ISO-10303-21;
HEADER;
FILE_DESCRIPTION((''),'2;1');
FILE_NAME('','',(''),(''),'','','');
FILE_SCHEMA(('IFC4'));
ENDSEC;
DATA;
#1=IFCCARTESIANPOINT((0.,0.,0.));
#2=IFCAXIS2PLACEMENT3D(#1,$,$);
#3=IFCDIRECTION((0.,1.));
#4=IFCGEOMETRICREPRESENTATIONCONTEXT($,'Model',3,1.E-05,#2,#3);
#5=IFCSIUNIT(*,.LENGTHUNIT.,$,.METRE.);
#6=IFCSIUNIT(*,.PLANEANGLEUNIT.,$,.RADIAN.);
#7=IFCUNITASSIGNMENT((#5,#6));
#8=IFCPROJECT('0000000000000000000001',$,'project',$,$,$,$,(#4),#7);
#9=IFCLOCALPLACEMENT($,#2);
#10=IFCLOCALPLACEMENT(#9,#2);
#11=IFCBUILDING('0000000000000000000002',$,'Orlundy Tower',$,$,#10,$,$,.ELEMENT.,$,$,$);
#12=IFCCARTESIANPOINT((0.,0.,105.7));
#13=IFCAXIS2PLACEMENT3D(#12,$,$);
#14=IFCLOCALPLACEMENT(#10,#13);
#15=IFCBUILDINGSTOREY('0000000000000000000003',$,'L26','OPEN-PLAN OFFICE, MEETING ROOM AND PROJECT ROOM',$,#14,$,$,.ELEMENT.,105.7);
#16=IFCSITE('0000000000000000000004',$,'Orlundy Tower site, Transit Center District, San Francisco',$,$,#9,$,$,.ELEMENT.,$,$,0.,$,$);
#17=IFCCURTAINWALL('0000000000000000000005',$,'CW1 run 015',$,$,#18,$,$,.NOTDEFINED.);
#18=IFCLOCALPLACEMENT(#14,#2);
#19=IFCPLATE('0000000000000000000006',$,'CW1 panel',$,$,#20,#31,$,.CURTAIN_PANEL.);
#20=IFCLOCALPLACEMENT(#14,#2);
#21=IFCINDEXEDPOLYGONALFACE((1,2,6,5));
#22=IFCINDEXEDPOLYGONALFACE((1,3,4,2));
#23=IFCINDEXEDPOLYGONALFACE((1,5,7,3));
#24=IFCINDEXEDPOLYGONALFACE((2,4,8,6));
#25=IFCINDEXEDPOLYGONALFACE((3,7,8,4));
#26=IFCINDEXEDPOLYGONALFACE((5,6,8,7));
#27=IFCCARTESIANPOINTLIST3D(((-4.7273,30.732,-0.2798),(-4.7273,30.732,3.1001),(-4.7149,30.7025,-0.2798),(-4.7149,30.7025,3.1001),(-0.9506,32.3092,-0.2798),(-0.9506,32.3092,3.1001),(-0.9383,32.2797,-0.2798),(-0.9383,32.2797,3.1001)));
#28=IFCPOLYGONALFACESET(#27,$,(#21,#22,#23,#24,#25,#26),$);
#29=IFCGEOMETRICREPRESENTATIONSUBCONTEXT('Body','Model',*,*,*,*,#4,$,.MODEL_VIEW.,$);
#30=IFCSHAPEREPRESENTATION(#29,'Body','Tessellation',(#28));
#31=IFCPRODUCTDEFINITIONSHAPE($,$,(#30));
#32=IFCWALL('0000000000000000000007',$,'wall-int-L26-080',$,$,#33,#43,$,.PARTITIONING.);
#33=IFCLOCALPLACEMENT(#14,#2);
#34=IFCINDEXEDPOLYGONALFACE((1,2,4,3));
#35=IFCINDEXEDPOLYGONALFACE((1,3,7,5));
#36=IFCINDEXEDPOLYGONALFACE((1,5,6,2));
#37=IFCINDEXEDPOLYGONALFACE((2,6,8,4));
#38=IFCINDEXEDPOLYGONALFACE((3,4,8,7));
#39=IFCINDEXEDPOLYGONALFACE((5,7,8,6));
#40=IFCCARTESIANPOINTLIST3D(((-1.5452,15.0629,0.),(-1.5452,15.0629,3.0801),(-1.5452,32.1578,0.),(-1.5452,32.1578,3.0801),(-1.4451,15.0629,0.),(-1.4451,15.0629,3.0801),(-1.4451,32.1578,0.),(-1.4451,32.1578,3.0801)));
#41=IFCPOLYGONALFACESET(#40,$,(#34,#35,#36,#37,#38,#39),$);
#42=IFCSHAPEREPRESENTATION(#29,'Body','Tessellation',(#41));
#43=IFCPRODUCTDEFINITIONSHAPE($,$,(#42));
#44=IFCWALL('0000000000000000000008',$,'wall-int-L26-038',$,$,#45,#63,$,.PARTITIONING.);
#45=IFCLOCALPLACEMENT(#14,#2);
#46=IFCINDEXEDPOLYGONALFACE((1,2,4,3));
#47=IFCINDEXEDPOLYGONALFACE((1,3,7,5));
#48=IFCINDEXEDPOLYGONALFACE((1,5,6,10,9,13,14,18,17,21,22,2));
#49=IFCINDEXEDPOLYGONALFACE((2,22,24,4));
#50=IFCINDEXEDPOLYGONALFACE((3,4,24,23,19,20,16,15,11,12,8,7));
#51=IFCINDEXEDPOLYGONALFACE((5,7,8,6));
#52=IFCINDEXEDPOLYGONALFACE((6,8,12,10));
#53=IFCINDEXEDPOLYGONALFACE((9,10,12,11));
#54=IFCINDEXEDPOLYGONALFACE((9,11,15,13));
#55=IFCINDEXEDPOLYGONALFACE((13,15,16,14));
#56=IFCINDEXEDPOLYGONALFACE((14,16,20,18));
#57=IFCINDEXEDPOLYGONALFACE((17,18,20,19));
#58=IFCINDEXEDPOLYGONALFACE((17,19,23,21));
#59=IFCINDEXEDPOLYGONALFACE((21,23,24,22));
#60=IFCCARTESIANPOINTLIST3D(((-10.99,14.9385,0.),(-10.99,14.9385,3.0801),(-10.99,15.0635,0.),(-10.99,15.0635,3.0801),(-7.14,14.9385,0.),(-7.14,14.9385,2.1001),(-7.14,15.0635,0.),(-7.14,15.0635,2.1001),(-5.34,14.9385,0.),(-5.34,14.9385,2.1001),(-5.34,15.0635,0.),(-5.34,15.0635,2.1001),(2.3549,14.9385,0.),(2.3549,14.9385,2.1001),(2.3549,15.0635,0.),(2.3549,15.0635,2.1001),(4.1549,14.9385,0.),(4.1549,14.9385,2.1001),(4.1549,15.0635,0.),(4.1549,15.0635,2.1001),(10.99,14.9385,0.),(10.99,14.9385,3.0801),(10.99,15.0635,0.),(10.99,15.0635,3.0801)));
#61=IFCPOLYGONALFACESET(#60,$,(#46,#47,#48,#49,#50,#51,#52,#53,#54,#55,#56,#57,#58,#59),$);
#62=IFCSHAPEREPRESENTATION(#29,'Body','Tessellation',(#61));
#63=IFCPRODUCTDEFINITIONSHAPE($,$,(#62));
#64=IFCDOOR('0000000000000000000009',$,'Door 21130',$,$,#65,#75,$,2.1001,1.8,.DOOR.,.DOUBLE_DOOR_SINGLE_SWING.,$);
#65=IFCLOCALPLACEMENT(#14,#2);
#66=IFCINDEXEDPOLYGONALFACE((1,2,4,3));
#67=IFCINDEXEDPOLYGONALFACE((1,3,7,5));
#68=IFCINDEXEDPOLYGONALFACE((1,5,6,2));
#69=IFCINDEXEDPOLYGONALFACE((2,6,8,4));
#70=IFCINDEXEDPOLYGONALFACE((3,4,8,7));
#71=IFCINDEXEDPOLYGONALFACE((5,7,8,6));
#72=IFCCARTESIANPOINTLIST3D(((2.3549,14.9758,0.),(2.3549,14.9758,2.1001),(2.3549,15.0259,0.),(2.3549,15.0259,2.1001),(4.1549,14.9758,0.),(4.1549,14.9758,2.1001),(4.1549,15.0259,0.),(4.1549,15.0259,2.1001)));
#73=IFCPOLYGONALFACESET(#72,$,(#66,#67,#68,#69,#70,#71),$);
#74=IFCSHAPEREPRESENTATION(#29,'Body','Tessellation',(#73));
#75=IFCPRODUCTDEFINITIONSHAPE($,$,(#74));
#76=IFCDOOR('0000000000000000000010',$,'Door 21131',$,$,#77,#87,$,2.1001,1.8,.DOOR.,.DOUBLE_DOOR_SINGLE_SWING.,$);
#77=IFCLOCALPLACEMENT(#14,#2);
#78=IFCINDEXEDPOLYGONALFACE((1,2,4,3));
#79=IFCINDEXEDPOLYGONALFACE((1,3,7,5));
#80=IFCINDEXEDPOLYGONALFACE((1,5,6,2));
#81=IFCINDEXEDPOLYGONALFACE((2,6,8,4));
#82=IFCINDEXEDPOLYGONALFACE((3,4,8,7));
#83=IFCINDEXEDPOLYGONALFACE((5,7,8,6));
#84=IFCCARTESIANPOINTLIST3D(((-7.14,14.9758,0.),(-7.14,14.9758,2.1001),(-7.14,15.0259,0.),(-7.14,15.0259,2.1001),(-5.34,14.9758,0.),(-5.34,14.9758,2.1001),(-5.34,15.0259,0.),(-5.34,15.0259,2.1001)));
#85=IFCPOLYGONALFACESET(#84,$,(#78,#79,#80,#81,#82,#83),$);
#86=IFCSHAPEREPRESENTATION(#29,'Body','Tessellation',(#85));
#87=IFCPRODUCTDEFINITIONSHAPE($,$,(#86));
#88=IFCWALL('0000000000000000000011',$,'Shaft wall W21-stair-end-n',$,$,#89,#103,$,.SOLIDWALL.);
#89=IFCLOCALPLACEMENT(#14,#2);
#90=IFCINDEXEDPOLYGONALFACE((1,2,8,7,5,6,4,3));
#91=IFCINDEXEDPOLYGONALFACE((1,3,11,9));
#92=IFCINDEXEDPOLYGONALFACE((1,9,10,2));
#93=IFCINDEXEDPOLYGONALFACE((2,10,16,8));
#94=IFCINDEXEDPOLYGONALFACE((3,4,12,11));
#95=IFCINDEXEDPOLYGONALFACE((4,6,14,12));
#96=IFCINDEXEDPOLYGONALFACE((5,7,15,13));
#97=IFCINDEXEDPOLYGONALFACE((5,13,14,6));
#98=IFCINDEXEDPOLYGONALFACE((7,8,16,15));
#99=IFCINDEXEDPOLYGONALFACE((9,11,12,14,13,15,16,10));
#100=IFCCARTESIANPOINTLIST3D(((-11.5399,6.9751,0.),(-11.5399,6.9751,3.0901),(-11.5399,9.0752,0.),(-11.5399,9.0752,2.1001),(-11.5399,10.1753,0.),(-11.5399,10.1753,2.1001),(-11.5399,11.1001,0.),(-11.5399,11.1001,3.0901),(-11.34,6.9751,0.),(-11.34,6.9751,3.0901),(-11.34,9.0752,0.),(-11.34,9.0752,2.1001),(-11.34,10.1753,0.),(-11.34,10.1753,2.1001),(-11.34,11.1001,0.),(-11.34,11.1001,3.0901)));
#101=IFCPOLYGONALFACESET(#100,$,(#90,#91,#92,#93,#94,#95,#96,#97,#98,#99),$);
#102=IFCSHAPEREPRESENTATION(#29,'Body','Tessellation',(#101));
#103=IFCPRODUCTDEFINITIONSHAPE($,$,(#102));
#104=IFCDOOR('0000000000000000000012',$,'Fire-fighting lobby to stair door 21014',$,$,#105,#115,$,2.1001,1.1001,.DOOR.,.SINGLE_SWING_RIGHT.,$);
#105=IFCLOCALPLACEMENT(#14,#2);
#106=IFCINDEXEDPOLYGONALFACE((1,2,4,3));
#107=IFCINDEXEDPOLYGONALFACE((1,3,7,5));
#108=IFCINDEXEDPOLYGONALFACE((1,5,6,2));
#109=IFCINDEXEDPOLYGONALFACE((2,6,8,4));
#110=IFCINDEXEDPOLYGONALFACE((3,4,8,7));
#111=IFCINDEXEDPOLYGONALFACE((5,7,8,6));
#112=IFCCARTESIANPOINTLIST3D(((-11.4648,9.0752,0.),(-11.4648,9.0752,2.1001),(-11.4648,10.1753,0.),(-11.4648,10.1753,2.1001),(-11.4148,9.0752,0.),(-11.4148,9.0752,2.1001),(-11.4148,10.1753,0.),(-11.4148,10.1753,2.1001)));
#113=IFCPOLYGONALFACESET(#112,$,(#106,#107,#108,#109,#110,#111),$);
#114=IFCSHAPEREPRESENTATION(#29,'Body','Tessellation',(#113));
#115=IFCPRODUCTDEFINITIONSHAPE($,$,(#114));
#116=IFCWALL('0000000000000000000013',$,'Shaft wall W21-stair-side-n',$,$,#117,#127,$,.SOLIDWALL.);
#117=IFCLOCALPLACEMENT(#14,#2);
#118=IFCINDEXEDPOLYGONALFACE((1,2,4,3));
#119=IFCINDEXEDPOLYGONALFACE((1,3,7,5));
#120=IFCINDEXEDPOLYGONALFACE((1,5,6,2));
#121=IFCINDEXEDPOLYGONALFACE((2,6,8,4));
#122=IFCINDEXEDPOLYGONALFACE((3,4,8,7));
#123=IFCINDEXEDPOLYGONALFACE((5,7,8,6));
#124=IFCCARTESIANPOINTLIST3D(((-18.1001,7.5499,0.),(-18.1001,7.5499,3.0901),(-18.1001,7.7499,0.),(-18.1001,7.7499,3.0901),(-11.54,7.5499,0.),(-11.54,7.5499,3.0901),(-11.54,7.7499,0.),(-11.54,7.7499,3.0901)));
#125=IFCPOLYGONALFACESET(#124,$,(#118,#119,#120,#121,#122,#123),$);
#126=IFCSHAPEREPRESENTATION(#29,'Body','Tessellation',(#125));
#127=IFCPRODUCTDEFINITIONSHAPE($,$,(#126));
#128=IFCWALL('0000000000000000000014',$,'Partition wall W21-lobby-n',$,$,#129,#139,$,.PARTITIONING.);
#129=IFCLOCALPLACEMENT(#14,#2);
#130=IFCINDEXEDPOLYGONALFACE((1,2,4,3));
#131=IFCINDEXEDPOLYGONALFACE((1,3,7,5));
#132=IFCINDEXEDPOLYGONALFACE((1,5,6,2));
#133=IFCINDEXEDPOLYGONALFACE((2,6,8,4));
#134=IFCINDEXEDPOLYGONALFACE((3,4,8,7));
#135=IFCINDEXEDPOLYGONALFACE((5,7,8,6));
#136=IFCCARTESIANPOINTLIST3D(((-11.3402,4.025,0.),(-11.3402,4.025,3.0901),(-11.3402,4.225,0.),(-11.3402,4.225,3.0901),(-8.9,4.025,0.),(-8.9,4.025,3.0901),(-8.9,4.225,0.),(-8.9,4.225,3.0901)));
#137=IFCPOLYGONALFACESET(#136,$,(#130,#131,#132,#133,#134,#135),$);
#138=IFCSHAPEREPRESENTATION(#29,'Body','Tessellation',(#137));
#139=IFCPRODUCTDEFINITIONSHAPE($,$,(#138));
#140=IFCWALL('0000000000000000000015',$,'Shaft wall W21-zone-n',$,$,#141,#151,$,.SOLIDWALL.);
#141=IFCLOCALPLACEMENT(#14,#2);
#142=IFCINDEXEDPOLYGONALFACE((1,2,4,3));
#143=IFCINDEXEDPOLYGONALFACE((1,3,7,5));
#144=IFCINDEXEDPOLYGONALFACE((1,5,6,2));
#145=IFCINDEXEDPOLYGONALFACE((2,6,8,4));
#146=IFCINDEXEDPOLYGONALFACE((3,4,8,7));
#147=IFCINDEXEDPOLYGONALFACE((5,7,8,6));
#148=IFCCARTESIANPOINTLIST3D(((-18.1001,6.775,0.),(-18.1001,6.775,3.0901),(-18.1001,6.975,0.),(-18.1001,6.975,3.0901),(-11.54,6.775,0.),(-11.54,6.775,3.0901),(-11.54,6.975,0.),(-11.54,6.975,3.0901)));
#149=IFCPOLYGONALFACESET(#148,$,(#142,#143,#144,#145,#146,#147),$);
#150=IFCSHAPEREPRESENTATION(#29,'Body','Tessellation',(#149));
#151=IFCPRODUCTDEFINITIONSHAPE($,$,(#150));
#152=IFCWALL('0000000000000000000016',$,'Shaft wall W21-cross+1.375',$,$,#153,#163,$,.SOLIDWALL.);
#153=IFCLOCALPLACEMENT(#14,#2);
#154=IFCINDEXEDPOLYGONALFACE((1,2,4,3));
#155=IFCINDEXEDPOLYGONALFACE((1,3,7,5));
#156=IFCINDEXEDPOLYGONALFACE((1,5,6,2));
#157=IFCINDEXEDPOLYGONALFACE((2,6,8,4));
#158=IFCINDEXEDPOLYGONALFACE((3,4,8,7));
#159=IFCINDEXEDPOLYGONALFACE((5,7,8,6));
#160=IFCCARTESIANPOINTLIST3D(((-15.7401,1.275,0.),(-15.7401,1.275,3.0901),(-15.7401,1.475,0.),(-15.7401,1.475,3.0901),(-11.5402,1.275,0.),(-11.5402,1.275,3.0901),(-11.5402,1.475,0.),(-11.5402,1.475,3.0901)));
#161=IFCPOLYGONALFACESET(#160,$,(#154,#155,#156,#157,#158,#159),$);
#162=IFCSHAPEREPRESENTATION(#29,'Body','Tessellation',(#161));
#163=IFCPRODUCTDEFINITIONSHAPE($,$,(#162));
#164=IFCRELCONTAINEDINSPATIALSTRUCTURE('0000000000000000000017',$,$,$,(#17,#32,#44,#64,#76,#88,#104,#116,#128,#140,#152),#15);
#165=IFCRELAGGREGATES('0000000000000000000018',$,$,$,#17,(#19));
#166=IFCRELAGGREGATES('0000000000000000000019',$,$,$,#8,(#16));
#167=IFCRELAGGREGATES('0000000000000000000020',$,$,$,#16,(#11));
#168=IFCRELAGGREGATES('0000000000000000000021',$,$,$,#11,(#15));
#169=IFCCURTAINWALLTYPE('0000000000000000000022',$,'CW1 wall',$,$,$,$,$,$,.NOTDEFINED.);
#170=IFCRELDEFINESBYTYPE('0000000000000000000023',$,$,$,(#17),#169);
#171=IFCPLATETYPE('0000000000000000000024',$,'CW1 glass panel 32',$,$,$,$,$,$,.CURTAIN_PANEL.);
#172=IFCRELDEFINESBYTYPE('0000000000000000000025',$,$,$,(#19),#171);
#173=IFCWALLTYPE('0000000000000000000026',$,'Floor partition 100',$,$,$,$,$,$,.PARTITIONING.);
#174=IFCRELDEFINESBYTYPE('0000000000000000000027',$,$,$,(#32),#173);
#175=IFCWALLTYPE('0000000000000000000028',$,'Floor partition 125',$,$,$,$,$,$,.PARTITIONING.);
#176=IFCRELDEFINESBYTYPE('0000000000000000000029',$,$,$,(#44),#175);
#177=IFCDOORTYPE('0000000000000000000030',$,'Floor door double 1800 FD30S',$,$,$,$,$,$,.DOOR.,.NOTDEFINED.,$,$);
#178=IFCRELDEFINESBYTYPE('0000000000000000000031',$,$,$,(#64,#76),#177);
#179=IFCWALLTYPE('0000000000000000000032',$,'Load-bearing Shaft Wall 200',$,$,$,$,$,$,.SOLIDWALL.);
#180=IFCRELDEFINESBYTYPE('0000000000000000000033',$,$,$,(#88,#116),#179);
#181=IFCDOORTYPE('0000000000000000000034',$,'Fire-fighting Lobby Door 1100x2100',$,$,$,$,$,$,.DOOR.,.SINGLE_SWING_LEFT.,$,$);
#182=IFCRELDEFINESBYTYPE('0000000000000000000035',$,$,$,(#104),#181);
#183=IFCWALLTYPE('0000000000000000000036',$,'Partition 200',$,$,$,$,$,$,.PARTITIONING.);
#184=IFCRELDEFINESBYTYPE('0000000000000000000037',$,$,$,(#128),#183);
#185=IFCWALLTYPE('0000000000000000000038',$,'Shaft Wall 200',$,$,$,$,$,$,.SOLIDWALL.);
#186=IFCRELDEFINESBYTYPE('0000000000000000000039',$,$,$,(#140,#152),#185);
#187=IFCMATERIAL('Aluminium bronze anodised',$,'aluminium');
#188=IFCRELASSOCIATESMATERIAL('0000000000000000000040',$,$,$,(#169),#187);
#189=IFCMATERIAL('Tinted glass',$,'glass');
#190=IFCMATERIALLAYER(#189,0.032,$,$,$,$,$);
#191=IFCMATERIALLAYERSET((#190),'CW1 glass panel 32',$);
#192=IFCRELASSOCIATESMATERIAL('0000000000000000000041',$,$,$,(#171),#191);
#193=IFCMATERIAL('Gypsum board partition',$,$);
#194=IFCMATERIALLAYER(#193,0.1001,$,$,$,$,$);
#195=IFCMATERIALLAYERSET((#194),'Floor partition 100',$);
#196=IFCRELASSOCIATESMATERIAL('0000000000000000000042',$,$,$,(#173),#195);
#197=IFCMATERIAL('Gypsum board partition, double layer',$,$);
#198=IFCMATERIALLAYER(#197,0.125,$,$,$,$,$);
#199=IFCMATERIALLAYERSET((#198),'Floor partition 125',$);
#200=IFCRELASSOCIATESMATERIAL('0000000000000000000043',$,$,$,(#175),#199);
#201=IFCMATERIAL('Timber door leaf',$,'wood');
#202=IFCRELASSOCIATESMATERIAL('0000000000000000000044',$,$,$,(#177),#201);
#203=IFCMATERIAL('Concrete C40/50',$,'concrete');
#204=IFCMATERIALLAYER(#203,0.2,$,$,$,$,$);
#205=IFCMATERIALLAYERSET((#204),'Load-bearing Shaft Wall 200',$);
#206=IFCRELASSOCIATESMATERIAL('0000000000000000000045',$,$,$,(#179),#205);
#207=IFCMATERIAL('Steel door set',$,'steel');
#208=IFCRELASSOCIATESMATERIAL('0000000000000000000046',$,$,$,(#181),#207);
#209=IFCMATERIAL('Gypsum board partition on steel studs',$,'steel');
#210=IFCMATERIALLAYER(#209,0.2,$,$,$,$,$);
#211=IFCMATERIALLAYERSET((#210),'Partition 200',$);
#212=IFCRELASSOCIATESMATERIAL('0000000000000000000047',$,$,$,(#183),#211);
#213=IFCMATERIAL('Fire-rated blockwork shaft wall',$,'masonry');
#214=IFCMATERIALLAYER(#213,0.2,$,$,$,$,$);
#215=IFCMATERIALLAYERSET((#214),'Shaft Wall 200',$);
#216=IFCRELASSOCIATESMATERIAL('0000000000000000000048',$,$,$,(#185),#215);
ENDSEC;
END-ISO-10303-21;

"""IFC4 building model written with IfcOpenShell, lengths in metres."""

from ifc_helpers import new_model, si_unit, direction, frame, frame_2d, origin, origin_2d, place, context, subcontext, project, spatial, rectangle, extrude, material, layer, layer_set, type_object, element, fill, aggregate, save


model = new_model("IFC4")

# Units and contexts
model_context = context("Model", 3, precision=1e-05, world=origin(), true_north=direction((0.0, 1.0)))
body_context = subcontext(model_context, "Body", "Model", "MODEL_VIEW")
ifc_project = project(units=[si_unit("LENGTHUNIT", "METRE"), si_unit("PLANEANGLEUNIT", "RADIAN")], contexts=[model_context])

# Site, building, storey
site_placement = place(None, origin())
site = spatial("IfcSite", under=ifc_project, at=site_placement, Name="Orlundy Tower site, Transit Center District, San Francisco", CompositionType="ELEMENT", RefElevation=0.0)
building_placement = place(site_placement, origin())
building = spatial("IfcBuilding", under=site, at=building_placement, Name="Orlundy Tower", CompositionType="ELEMENT")
storey_placement = place(building_placement, frame((0.0, 0.0, 105.7)))
storey = spatial("IfcBuildingStorey", under=building, at=storey_placement, Name="L26", Description="OPEN-PLAN OFFICE, MEETING ROOM AND PROJECT ROOM", CompositionType="ELEMENT", Elevation=105.7)

# Curtain wall, plate
ifc_material_1 = material(Name="Aluminium bronze anodised", Category="aluminium")
curtain_wall_type = type_object("IfcCurtainWallType", Name="CW1 wall", PredefinedType="NOTDEFINED", material=ifc_material_1)
curtain_wall_placement = place(storey_placement, origin())
curtain_wall = element("IfcCurtainWall", 1, at=curtain_wall_placement, inside=storey, type_object=curtain_wall_type, Name="CW1 run 015", PredefinedType="NOTDEFINED")
ifc_material_2 = material(Name="Tinted glass", Category="glass")
ifc_layer_1 = layer(ifc_material_2, 0.032)
ifc_layer_set_1 = layer_set([ifc_layer_1], Name="CW1 glass panel 32")
plate_type = type_object("IfcPlateType", Name="CW1 glass panel 32", PredefinedType="CURTAIN_PANEL", material=ifc_layer_set_1)
plate_1_placement = place(storey_placement, frame((-2.8328, 31.5059, -0.2798), z_axis=(0.0, 0.0, 1.0), x_axis=(0.92276, 0.385375, 0.0)))
plate_1 = element("IfcPlate", 2, at=plate_1_placement, type_object=plate_type, Name="CW1 panel", PredefinedType="CURTAIN_PANEL", context=body_context, shape_type="SweptSolid", body=[
    extrude(rectangle(XDim=4.0928, YDim=0.032, at=origin_2d()), origin(), (0.0, 0.0, 1.0), 3.3799),
])
aggregate(curtain_wall, [plate_1])

# Wall
ifc_material_3 = material(Name="Gypsum board partition")
ifc_layer_2 = layer(ifc_material_3, 0.1001)
ifc_layer_set_2 = layer_set([ifc_layer_2], Name="Floor partition 100")
wall_type_1 = type_object("IfcWallType", Name="Floor partition 100", PredefinedType="PARTITIONING", material=ifc_layer_set_2)
wall_1_placement = place(storey_placement, frame((-1.4951, 15.063, 0.0), z_axis=(0.0, 0.0, 1.0), x_axis=(0.0, 1.0, 0.0)))
element("IfcWall", 3, at=wall_1_placement, inside=storey, type_object=wall_type_1, Name="wall-int-L26-080", PredefinedType="PARTITIONING", context=body_context, shape_type="SweptSolid", body=[
    extrude(rectangle(XDim=17.095, YDim=0.1001, at=frame_2d((8.5474, 0.0))), origin(), (0.0, 0.0, 1.0), 3.0801),
])

# Wall, openings, doors
ifc_material_4 = material(Name="Gypsum board partition, double layer")
ifc_layer_3 = layer(ifc_material_4, 0.125)
ifc_layer_set_3 = layer_set([ifc_layer_3], Name="Floor partition 125")
wall_type_2 = type_object("IfcWallType", Name="Floor partition 125", PredefinedType="PARTITIONING", material=ifc_layer_set_3)
wall_2_placement = place(storey_placement, frame((-10.99, 15.001, 0.0), z_axis=(0.0, 0.0, 1.0), x_axis=(1.0, 0.0, 0.0)))
wall_2 = element("IfcWall", 4, at=wall_2_placement, inside=storey, type_object=wall_type_2, Name="wall-int-L26-038", PredefinedType="PARTITIONING", context=body_context, shape_type="SweptSolid", body=[
    extrude(rectangle(XDim=21.98, YDim=0.125, at=frame_2d((10.99, 0.0))), origin(), (0.0, 0.0, 1.0), 3.0801),
])
opening_1_placement = place(wall_2_placement, frame((13.345, 0.0, 0.0)))
opening_1 = element("IfcOpeningElement", 5, at=opening_1_placement, cuts=wall_2, PredefinedType="OPENING", context=body_context, shape_type="SweptSolid", body=[
    extrude(rectangle(XDim=1.8, YDim=2.1001, at=frame_2d((0.8999, 1.05))), frame((0.0, 0.0725, 0.0), z_axis=(0.0, -1.0, 0.0), x_axis=(1.0, 0.0, 0.0)), (0.0, 0.0, 1.0), 0.145),
])
opening_2_placement = place(wall_2_placement, frame((3.8501, 0.0, 0.0)))
opening_2 = element("IfcOpeningElement", 6, at=opening_2_placement, cuts=wall_2, PredefinedType="OPENING", context=body_context, shape_type="SweptSolid", body=[
    extrude(rectangle(XDim=1.8, YDim=2.1001, at=frame_2d((0.8999, 1.05))), frame((0.0, 0.0725, 0.0), z_axis=(0.0, -1.0, 0.0), x_axis=(1.0, 0.0, 0.0)), (0.0, 0.0, 1.0), 0.145),
])
ifc_material_5 = material(Name="Timber door leaf", Category="wood")
door_type_1 = type_object("IfcDoorType", Name="Floor door double 1800 FD30S", OperationType="NOTDEFINED", PredefinedType="DOOR", material=ifc_material_5)
door_1_placement = place(opening_1_placement, origin())
door_1 = element("IfcDoor", 7, at=door_1_placement, inside=storey, type_object=door_type_1, Name="Door 21130", OperationType="DOUBLE_DOOR_SINGLE_SWING", OverallHeight=2.1001, OverallWidth=1.8, PredefinedType="DOOR", context=body_context, shape_type="SweptSolid", body=[
    extrude(rectangle(XDim=1.8, YDim=2.1001, at=frame_2d((0.8999, 1.05))), frame((0.0, 0.0249, 0.0), z_axis=(0.0, -1.0, 0.0), x_axis=(1.0, 0.0, 0.0)), (0.0, 0.0, 1.0), 0.05),
])
fill(opening_1, door_1)
door_2_placement = place(opening_2_placement, origin())
door_2 = element("IfcDoor", 8, at=door_2_placement, inside=storey, type_object=door_type_1, Name="Door 21131", OperationType="DOUBLE_DOOR_SINGLE_SWING", OverallHeight=2.1001, OverallWidth=1.8, PredefinedType="DOOR", context=body_context, shape_type="SweptSolid", body=[
    extrude(rectangle(XDim=1.8, YDim=2.1001, at=frame_2d((0.8999, 1.05))), frame((0.0, 0.0249, 0.0), z_axis=(0.0, -1.0, 0.0), x_axis=(1.0, 0.0, 0.0)), (0.0, 0.0, 1.0), 0.05),
])
fill(opening_2, door_2)

# Wall, opening, door
ifc_material_6 = material(Name="Concrete C40/50", Category="concrete")
ifc_layer_4 = layer(ifc_material_6, 0.2)
ifc_layer_set_4 = layer_set([ifc_layer_4], Name="Load-bearing Shaft Wall 200")
wall_type_3 = type_object("IfcWallType", Name="Load-bearing Shaft Wall 200", PredefinedType="SOLIDWALL", material=ifc_layer_set_4)
wall_3_placement = place(storey_placement, frame((-11.4399, 6.9751, 0.0), z_axis=(0.0, 0.0, 1.0), x_axis=(0.0, 1.0, 0.0)))
wall_3 = element("IfcWall", 9, at=wall_3_placement, inside=storey, type_object=wall_type_3, Name="Shaft wall W21-stair-end-n", PredefinedType="SOLIDWALL", context=body_context, shape_type="SweptSolid", body=[
    extrude(rectangle(XDim=4.125, YDim=0.2, at=frame_2d((2.0625, 0.0))), origin(), (0.0, 0.0, 1.0), 3.0901),
])
opening_3_placement = place(wall_3_placement, frame((2.1001, 0.0, 0.0)))
opening_3 = element("IfcOpeningElement", 10, at=opening_3_placement, cuts=wall_3, PredefinedType="OPENING", context=body_context, shape_type="SweptSolid", body=[
    extrude(rectangle(XDim=1.1001, YDim=2.1001, at=frame_2d((0.55, 1.05))), frame((0.0, 0.1101, 0.0), z_axis=(0.0, -1.0, 0.0), x_axis=(1.0, 0.0, 0.0)), (0.0, 0.0, 1.0), 0.2202),
])
ifc_material_7 = material(Name="Steel door set", Category="steel")
door_type_2 = type_object("IfcDoorType", Name="Fire-fighting Lobby Door 1100x2100", OperationType="SINGLE_SWING_LEFT", PredefinedType="DOOR", material=ifc_material_7)
door_3_placement = place(opening_3_placement, origin())
door_3 = element("IfcDoor", 11, at=door_3_placement, inside=storey, type_object=door_type_2, Name="Fire-fighting lobby to stair door 21014", OperationType="SINGLE_SWING_RIGHT", OverallHeight=2.1001, OverallWidth=1.1001, PredefinedType="DOOR", context=body_context, shape_type="SweptSolid", body=[
    extrude(rectangle(XDim=1.1001, YDim=2.1001, at=frame_2d((0.55, 1.05))), frame((0.0, 0.0249, 0.0), z_axis=(0.0, -1.0, 0.0), x_axis=(1.0, 0.0, 0.0)), (0.0, 0.0, 1.0), 0.05),
])
fill(opening_3, door_3)

# Walls
wall_4_placement = place(storey_placement, frame((-11.54, 7.6499, 0.0), z_axis=(0.0, 0.0, 1.0), x_axis=(-1.0, 0.0, 0.0)))
element("IfcWall", 12, at=wall_4_placement, inside=storey, type_object=wall_type_3, Name="Shaft wall W21-stair-side-n", PredefinedType="SOLIDWALL", context=body_context, shape_type="SweptSolid", body=[
    extrude(rectangle(XDim=6.5601, YDim=0.2, at=frame_2d((3.28, 0.0))), origin(), (0.0, 0.0, 1.0), 3.0901),
])
ifc_material_8 = material(Name="Gypsum board partition on steel studs", Category="steel")
ifc_layer_5 = layer(ifc_material_8, 0.2)
ifc_layer_set_5 = layer_set([ifc_layer_5], Name="Partition 200")
wall_type_4 = type_object("IfcWallType", Name="Partition 200", PredefinedType="PARTITIONING", material=ifc_layer_set_5)
wall_5_placement = place(storey_placement, frame((-8.8999, 4.125, 0.0), z_axis=(0.0, 0.0, 1.0), x_axis=(-1.0, 0.0, 0.0)))
element("IfcWall", 13, at=wall_5_placement, inside=storey, type_object=wall_type_4, Name="Partition wall W21-lobby-n", PredefinedType="PARTITIONING", context=body_context, shape_type="SweptSolid", body=[
    extrude(rectangle(XDim=2.4402, YDim=0.2, at=frame_2d((1.2202, 0.0))), origin(), (0.0, 0.0, 1.0), 3.0901),
])
ifc_material_9 = material(Name="Fire-rated blockwork shaft wall", Category="masonry")
ifc_layer_6 = layer(ifc_material_9, 0.2)
ifc_layer_set_6 = layer_set([ifc_layer_6], Name="Shaft Wall 200")
wall_type_5 = type_object("IfcWallType", Name="Shaft Wall 200", PredefinedType="SOLIDWALL", material=ifc_layer_set_6)
wall_6_placement = place(storey_placement, frame((-11.54, 6.875, 0.0), z_axis=(0.0, 0.0, 1.0), x_axis=(-1.0, 0.0, 0.0)))
element("IfcWall", 14, at=wall_6_placement, inside=storey, type_object=wall_type_5, Name="Shaft wall W21-zone-n", PredefinedType="SOLIDWALL", context=body_context, shape_type="SweptSolid", body=[
    extrude(rectangle(XDim=6.5601, YDim=0.2, at=frame_2d((3.28, 0.0))), origin(), (0.0, 0.0, 1.0), 3.0901),
])
wall_7_placement = place(storey_placement, frame((-11.54, 1.375, 0.0), z_axis=(0.0, 0.0, 1.0), x_axis=(-1.0, 0.0, 0.0)))
element("IfcWall", 15, at=wall_7_placement, inside=storey, type_object=wall_type_5, Name="Shaft wall W21-cross+1.375", PredefinedType="SOLIDWALL", context=body_context, shape_type="SweptSolid", body=[
    extrude(rectangle(XDim=4.2, YDim=0.2, at=frame_2d((2.1001, 0.0))), origin(), (0.0, 0.0, 1.0), 3.0901),
])

save(model, "model.ifc")
